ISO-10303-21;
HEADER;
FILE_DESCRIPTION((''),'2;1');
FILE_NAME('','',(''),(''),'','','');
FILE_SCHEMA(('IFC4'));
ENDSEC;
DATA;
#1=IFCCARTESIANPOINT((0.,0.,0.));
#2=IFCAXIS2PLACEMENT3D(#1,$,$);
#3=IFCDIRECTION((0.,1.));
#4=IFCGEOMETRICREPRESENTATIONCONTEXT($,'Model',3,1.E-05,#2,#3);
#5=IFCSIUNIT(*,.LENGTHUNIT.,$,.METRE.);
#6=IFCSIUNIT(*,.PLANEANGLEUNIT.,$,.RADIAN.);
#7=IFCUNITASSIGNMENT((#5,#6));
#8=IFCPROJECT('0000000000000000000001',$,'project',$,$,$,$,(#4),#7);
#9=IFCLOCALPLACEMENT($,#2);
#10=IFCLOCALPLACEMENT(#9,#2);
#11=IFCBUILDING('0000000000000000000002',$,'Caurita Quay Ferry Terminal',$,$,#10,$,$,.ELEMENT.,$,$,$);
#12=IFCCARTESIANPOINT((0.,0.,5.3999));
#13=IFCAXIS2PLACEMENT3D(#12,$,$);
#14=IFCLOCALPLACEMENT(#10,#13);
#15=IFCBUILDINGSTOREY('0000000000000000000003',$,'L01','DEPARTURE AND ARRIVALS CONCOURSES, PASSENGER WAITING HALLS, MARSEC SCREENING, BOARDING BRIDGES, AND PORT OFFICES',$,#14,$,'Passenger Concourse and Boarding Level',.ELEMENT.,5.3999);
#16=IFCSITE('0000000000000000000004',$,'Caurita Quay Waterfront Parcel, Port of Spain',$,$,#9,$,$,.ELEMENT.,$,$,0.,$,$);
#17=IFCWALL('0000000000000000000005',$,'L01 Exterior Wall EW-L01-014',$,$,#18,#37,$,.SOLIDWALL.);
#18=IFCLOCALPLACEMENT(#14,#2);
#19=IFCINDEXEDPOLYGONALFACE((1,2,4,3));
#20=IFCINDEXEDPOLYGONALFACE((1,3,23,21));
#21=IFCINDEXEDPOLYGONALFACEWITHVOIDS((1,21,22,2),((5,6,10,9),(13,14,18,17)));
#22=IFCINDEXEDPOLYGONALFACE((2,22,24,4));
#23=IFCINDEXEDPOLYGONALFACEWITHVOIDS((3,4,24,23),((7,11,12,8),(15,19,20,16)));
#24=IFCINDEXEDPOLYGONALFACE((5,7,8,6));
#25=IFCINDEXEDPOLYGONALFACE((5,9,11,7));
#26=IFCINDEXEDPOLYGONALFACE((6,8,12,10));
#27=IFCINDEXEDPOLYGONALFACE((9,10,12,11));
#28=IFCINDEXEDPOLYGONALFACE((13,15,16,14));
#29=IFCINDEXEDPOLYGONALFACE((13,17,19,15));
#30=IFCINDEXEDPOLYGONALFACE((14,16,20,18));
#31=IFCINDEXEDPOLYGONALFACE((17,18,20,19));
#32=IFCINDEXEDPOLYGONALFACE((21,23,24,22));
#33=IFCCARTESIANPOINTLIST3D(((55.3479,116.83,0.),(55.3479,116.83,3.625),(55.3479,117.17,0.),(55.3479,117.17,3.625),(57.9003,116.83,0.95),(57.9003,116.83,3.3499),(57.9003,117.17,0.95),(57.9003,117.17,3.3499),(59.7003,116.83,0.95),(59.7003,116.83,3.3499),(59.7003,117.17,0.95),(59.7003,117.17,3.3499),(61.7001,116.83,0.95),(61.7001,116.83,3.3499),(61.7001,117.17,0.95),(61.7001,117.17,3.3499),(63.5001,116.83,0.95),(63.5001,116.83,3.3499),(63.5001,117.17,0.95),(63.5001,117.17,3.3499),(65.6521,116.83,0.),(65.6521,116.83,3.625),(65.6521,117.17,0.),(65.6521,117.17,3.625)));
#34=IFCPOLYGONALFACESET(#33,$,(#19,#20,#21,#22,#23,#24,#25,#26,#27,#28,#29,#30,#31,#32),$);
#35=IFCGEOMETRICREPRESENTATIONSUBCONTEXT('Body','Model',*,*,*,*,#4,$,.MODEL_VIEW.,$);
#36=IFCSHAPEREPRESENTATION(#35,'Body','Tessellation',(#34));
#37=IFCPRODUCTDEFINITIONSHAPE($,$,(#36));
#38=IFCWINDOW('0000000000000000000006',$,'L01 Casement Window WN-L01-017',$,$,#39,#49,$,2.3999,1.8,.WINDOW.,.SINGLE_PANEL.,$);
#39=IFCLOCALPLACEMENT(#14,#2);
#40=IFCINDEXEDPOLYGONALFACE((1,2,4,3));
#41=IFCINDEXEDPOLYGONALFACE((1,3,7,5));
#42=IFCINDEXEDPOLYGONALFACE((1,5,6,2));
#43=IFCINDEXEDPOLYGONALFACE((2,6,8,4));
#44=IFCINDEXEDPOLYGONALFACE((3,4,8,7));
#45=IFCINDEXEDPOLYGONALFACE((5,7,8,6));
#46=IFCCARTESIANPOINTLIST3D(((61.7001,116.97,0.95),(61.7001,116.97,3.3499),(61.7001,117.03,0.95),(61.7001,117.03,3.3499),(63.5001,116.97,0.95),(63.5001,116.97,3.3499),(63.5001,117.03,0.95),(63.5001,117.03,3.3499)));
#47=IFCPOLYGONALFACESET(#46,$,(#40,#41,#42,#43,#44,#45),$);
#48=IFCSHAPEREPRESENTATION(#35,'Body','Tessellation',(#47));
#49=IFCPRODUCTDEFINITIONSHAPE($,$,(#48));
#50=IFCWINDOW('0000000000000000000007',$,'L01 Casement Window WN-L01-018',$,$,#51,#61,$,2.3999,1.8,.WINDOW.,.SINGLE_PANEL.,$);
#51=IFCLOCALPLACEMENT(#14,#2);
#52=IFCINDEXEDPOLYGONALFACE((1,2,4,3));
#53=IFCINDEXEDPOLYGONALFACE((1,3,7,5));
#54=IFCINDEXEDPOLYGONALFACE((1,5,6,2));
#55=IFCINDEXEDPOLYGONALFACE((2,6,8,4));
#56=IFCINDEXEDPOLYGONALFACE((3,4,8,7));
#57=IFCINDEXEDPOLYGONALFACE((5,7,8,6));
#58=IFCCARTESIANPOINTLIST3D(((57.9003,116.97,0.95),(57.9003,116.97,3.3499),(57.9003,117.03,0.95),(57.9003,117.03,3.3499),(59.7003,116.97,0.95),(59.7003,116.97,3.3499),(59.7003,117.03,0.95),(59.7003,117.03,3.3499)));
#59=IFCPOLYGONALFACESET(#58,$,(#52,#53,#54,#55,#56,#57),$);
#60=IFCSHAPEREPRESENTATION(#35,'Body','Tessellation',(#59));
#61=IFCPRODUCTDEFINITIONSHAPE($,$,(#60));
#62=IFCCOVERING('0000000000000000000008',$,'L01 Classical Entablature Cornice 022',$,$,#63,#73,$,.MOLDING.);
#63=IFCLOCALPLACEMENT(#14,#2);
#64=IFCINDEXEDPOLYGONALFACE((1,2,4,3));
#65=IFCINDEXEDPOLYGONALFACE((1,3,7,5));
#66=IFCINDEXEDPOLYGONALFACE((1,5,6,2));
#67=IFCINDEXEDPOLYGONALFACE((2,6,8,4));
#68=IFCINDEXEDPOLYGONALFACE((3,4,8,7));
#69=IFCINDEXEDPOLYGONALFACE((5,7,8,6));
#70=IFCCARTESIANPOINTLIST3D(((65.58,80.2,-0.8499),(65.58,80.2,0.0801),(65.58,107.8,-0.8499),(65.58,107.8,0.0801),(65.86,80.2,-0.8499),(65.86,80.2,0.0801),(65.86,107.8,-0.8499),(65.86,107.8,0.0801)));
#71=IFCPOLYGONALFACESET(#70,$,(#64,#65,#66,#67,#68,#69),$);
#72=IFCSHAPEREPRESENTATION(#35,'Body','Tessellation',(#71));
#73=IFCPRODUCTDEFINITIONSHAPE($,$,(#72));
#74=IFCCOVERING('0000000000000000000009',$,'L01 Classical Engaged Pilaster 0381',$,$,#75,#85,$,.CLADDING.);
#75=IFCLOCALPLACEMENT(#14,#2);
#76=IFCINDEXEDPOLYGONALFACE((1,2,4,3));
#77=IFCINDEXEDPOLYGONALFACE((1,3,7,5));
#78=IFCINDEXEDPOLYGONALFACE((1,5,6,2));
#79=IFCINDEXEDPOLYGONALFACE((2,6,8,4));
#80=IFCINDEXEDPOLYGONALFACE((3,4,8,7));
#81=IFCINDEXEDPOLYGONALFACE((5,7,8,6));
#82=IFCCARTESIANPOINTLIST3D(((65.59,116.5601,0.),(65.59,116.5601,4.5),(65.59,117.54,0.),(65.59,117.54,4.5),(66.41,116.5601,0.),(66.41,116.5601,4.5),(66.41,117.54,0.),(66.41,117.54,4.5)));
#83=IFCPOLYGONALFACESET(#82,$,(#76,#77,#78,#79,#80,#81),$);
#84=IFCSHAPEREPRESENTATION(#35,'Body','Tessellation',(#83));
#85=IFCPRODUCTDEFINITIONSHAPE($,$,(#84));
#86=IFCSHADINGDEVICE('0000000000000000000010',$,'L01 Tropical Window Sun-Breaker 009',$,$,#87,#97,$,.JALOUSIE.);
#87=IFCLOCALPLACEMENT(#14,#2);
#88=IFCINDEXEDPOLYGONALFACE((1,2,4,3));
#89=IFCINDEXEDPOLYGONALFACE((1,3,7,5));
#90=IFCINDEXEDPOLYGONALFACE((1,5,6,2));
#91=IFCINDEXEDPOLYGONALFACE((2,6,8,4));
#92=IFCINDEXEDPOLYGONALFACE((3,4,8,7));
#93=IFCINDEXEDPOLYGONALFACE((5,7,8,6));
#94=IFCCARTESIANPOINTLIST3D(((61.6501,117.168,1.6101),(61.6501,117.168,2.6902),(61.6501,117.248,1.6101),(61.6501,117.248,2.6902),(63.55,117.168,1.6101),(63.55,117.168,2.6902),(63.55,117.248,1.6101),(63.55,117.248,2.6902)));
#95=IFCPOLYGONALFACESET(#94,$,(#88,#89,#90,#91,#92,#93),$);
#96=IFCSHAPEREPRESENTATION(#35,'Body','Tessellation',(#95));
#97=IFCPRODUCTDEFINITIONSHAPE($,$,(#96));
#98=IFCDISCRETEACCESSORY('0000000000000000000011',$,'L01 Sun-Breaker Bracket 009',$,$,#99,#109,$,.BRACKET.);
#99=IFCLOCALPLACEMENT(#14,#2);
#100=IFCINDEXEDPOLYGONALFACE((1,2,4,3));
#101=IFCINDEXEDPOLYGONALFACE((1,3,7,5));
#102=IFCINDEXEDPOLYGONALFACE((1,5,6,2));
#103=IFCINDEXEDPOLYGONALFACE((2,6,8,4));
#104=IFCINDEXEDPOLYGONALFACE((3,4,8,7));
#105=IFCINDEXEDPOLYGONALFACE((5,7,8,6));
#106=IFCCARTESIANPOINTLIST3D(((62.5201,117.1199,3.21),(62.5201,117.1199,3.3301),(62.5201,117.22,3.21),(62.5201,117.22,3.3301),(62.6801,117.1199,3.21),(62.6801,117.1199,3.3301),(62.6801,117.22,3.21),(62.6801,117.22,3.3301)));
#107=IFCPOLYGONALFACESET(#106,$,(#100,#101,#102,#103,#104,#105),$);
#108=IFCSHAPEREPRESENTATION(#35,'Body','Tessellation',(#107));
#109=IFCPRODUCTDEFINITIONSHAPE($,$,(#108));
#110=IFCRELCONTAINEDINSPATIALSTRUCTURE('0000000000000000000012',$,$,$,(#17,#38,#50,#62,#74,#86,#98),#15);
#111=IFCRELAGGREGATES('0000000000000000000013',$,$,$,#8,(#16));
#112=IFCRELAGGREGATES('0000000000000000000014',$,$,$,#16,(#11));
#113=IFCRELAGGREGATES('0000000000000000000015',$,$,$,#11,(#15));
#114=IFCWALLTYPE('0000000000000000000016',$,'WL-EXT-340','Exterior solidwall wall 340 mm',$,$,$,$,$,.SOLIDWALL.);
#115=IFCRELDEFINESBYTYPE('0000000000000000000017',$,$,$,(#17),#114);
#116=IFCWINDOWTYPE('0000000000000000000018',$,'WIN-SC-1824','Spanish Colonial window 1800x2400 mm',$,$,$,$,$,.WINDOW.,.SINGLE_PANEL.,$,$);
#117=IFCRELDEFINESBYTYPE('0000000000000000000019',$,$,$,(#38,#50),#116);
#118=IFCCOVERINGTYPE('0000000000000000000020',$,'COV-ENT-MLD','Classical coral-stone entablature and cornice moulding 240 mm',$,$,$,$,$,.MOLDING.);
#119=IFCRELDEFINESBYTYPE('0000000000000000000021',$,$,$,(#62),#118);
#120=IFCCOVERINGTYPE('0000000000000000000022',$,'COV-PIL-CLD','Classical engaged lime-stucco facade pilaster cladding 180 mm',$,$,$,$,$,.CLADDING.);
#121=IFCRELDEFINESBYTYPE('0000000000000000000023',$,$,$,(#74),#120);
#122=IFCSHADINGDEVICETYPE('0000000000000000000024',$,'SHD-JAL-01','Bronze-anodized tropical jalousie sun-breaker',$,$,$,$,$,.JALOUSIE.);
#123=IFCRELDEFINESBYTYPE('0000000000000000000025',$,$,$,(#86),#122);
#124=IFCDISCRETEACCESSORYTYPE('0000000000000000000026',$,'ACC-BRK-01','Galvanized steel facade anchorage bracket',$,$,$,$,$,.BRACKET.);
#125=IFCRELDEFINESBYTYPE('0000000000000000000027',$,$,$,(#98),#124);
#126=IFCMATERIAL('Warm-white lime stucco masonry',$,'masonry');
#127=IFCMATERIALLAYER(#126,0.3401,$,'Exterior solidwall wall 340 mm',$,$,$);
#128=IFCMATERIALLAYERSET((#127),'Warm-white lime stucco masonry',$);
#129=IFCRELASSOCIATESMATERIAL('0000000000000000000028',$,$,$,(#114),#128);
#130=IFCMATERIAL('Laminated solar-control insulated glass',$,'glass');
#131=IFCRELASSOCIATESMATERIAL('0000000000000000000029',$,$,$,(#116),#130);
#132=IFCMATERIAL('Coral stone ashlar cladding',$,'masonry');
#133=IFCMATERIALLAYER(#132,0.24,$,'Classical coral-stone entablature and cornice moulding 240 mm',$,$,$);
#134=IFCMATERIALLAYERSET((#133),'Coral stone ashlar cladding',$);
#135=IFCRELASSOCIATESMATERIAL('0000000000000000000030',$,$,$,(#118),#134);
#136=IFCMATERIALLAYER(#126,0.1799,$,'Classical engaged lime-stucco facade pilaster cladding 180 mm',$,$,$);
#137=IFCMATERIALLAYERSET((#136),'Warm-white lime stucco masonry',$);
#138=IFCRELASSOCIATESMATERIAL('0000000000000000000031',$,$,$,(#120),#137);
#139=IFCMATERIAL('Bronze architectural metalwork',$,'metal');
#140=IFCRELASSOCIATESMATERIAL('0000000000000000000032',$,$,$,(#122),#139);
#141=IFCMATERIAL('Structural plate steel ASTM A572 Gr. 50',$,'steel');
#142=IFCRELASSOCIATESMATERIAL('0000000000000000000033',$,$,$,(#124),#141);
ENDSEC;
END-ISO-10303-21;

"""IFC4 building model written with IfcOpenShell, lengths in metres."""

from ifc_helpers import new_model, si_unit, direction, frame, frame_2d, origin, origin_2d, place, context, subcontext, project, spatial, rectangle, extrude, material, layer, layer_set, type_object, element, fill, save


model = new_model("IFC4")

# Units and contexts
model_context = context("Model", 3, precision=1e-05, world=origin(), true_north=direction((0.0, 1.0)))
body_context = subcontext(model_context, "Body", "Model", "MODEL_VIEW")
ifc_project = project(units=[si_unit("LENGTHUNIT", "METRE"), si_unit("PLANEANGLEUNIT", "RADIAN")], contexts=[model_context])

# Site, building, storey
site_placement = place(None, origin())
site = spatial("IfcSite", under=ifc_project, at=site_placement, Name="Caurita Quay Waterfront Parcel, Port of Spain", CompositionType="ELEMENT", RefElevation=0.0)
building_placement = place(site_placement, origin())
building = spatial("IfcBuilding", under=site, at=building_placement, Name="Caurita Quay Ferry Terminal", CompositionType="ELEMENT")
storey_placement = place(building_placement, frame((0.0, 0.0, 5.3999)))
storey = spatial("IfcBuildingStorey", under=building, at=storey_placement, Name="L01", Description="DEPARTURE AND ARRIVALS CONCOURSES, PASSENGER WAITING HALLS, MARSEC SCREENING, BOARDING BRIDGES, AND PORT OFFICES", LongName="Passenger Concourse and Boarding Level", CompositionType="ELEMENT", Elevation=5.3999)

# Shared definitions
ifc_material_1 = material(Name="Laminated solar-control insulated glass", Category="glass")

# Wall, openings, windows
ifc_material_2 = material(Name="Warm-white lime stucco masonry", Category="masonry")
ifc_layer_1 = layer(ifc_material_2, 0.3401, Name="Exterior solidwall wall 340 mm")
ifc_layer_set_1 = layer_set([ifc_layer_1], Name="Warm-white lime stucco masonry")
wall_type = type_object("IfcWallType", Name="WL-EXT-340", Description="Exterior solidwall wall 340 mm", PredefinedType="SOLIDWALL", material=ifc_layer_set_1)
wall_placement = place(storey_placement, frame((65.6521, 117.0, 0.0), z_axis=(0.0, 0.0, 1.0), x_axis=(-1.0, 0.0, 0.0)))
wall = element("IfcWall", 1, at=wall_placement, inside=storey, type_object=wall_type, Name="L01 Exterior Wall EW-L01-014", PredefinedType="SOLIDWALL", context=body_context, shape_type="SweptSolid", body=[
    extrude(rectangle(XDim=10.3042, YDim=0.3401, at=frame_2d((5.1521, 0.0))), origin(), (0.0, 0.0, 1.0), 3.625),
])
opening_1_placement = place(wall_placement, frame((2.1521, 0.0, 0.95)))
opening_1 = element("IfcOpeningElement", 2, at=opening_1_placement, cuts=wall, PredefinedType="OPENING", context=body_context, shape_type="SweptSolid", body=[
    extrude(rectangle(XDim=1.8, YDim=2.3999, at=frame_2d((0.8999, 1.2))), frame((0.0, 0.1799, 0.0), z_axis=(0.0, -1.0, 0.0), x_axis=(1.0, 0.0, 0.0)), (0.0, 0.0, 1.0), 0.3601),
])
opening_2_placement = place(wall_placement, frame((5.9519, 0.0, 0.95)))
opening_2 = element("IfcOpeningElement", 3, at=opening_2_placement, cuts=wall, PredefinedType="OPENING", context=body_context, shape_type="SweptSolid", body=[
    extrude(rectangle(XDim=1.8, YDim=2.3999, at=frame_2d((0.8999, 1.2))), frame((0.0, 0.1799, 0.0), z_axis=(0.0, -1.0, 0.0), x_axis=(1.0, 0.0, 0.0)), (0.0, 0.0, 1.0), 0.3601),
])
window_type = type_object("IfcWindowType", Name="WIN-SC-1824", Description="Spanish Colonial window 1800x2400 mm", PartitioningType="SINGLE_PANEL", PredefinedType="WINDOW", material=ifc_material_1)
window_1_placement = place(opening_1_placement, origin())
window_1 = element("IfcWindow", 4, at=window_1_placement, inside=storey, type_object=window_type, Name="L01 Casement Window WN-L01-017", OverallHeight=2.3999, OverallWidth=1.8, PartitioningType="SINGLE_PANEL", PredefinedType="WINDOW", context=body_context, shape_type="SweptSolid", body=[
    extrude(rectangle(XDim=1.8, YDim=2.3999, at=frame_2d((0.8999, 1.2))), frame((0.0, 0.03, 0.0), z_axis=(0.0, -1.0, 0.0), x_axis=(1.0, 0.0, 0.0)), (0.0, 0.0, 1.0), 0.0601),
])
fill(opening_1, window_1)
window_2_placement = place(opening_2_placement, origin())
window_2 = element("IfcWindow", 5, at=window_2_placement, inside=storey, type_object=window_type, Name="L01 Casement Window WN-L01-018", OverallHeight=2.3999, OverallWidth=1.8, PartitioningType="SINGLE_PANEL", PredefinedType="WINDOW", context=body_context, shape_type="SweptSolid", body=[
    extrude(rectangle(XDim=1.8, YDim=2.3999, at=frame_2d((0.8999, 1.2))), frame((0.0, 0.03, 0.0), z_axis=(0.0, -1.0, 0.0), x_axis=(1.0, 0.0, 0.0)), (0.0, 0.0, 1.0), 0.0601),
])
fill(opening_2, window_2)

# Coverings
ifc_material_3 = material(Name="Coral stone ashlar cladding", Category="masonry")
ifc_layer_2 = layer(ifc_material_3, 0.24, Name="Classical coral-stone entablature and cornice moulding 240 mm")
ifc_layer_set_2 = layer_set([ifc_layer_2], Name="Coral stone ashlar cladding")
covering_type_1 = type_object("IfcCoveringType", Name="COV-ENT-MLD", Description="Classical coral-stone entablature and cornice moulding 240 mm", PredefinedType="MOLDING", material=ifc_layer_set_2)
covering_1_placement = place(storey_placement, frame((65.72, 107.8, -0.8499), z_axis=(0.0, 0.0, 1.0), x_axis=(0.0, -1.0, 0.0)))
element("IfcCovering", 6, at=covering_1_placement, inside=storey, type_object=covering_type_1, Name="L01 Classical Entablature Cornice 022", PredefinedType="MOLDING", context=body_context, shape_type="SweptSolid", body=[
    extrude(rectangle(XDim=27.6001, YDim=0.28, at=frame_2d((13.8, 0.0))), origin(), (0.0, 0.0, 1.0), 0.9299),
])
ifc_layer_3 = layer(ifc_material_2, 0.1799, Name="Classical engaged lime-stucco facade pilaster cladding 180 mm")
ifc_layer_set_3 = layer_set([ifc_layer_3], Name="Warm-white lime stucco masonry")
covering_type_2 = type_object("IfcCoveringType", Name="COV-PIL-CLD", Description="Classical engaged lime-stucco facade pilaster cladding 180 mm", PredefinedType="CLADDING", material=ifc_layer_set_3)
covering_2_placement = place(storey_placement, frame((66.0, 117.05, 0.0), z_axis=(0.0, 0.0, 1.0), x_axis=(1.0, 0.0, 0.0)))
element("IfcCovering", 7, at=covering_2_placement, inside=storey, type_object=covering_type_2, Name="L01 Classical Engaged Pilaster 0381", PredefinedType="CLADDING", context=body_context, shape_type="SweptSolid", body=[
    extrude(rectangle(XDim=0.8201, YDim=0.98, at=origin_2d()), origin(), (0.0, 0.0, 1.0), 4.5),
])

# Shading device
ifc_material_4 = material(Name="Bronze architectural metalwork", Category="metal")
shading_device_type = type_object("IfcShadingDeviceType", Name="SHD-JAL-01", Description="Bronze-anodized tropical jalousie sun-breaker", PredefinedType="JALOUSIE", material=ifc_material_4)
shading_device_placement = place(storey_placement, frame((62.6001, 117.208, 1.6101), z_axis=(0.0, 0.0, 1.0), x_axis=(-1.0, 0.0, 0.0)))
element("IfcShadingDevice", 8, at=shading_device_placement, inside=storey, type_object=shading_device_type, Name="L01 Tropical Window Sun-Breaker 009", PredefinedType="JALOUSIE", context=body_context, shape_type="SweptSolid", body=[
    extrude(rectangle(XDim=1.8999, YDim=0.0801, at=origin_2d()), origin(), (0.0, 0.0, 1.0), 1.0801),
])

# Discrete accessory
ifc_material_5 = material(Name="Structural plate steel ASTM A572 Gr. 50", Category="steel")
discrete_accessory_type = type_object("IfcDiscreteAccessoryType", Name="ACC-BRK-01", Description="Galvanized steel facade anchorage bracket", PredefinedType="BRACKET", material=ifc_material_5)
discrete_accessory_placement = place(storey_placement, frame((62.6001, 117.1699, 3.21), z_axis=(0.0, 0.0, 1.0), x_axis=(-1.0, 0.0, 0.0)))
element("IfcDiscreteAccessory", 9, at=discrete_accessory_placement, inside=storey, type_object=discrete_accessory_type, Name="L01 Sun-Breaker Bracket 009", PredefinedType="BRACKET", context=body_context, shape_type="SweptSolid", body=[
    extrude(rectangle(XDim=0.1599, YDim=0.1001, at=origin_2d()), origin(), (0.0, 0.0, 1.0), 0.1201),
])

save(model, "model.ifc")
